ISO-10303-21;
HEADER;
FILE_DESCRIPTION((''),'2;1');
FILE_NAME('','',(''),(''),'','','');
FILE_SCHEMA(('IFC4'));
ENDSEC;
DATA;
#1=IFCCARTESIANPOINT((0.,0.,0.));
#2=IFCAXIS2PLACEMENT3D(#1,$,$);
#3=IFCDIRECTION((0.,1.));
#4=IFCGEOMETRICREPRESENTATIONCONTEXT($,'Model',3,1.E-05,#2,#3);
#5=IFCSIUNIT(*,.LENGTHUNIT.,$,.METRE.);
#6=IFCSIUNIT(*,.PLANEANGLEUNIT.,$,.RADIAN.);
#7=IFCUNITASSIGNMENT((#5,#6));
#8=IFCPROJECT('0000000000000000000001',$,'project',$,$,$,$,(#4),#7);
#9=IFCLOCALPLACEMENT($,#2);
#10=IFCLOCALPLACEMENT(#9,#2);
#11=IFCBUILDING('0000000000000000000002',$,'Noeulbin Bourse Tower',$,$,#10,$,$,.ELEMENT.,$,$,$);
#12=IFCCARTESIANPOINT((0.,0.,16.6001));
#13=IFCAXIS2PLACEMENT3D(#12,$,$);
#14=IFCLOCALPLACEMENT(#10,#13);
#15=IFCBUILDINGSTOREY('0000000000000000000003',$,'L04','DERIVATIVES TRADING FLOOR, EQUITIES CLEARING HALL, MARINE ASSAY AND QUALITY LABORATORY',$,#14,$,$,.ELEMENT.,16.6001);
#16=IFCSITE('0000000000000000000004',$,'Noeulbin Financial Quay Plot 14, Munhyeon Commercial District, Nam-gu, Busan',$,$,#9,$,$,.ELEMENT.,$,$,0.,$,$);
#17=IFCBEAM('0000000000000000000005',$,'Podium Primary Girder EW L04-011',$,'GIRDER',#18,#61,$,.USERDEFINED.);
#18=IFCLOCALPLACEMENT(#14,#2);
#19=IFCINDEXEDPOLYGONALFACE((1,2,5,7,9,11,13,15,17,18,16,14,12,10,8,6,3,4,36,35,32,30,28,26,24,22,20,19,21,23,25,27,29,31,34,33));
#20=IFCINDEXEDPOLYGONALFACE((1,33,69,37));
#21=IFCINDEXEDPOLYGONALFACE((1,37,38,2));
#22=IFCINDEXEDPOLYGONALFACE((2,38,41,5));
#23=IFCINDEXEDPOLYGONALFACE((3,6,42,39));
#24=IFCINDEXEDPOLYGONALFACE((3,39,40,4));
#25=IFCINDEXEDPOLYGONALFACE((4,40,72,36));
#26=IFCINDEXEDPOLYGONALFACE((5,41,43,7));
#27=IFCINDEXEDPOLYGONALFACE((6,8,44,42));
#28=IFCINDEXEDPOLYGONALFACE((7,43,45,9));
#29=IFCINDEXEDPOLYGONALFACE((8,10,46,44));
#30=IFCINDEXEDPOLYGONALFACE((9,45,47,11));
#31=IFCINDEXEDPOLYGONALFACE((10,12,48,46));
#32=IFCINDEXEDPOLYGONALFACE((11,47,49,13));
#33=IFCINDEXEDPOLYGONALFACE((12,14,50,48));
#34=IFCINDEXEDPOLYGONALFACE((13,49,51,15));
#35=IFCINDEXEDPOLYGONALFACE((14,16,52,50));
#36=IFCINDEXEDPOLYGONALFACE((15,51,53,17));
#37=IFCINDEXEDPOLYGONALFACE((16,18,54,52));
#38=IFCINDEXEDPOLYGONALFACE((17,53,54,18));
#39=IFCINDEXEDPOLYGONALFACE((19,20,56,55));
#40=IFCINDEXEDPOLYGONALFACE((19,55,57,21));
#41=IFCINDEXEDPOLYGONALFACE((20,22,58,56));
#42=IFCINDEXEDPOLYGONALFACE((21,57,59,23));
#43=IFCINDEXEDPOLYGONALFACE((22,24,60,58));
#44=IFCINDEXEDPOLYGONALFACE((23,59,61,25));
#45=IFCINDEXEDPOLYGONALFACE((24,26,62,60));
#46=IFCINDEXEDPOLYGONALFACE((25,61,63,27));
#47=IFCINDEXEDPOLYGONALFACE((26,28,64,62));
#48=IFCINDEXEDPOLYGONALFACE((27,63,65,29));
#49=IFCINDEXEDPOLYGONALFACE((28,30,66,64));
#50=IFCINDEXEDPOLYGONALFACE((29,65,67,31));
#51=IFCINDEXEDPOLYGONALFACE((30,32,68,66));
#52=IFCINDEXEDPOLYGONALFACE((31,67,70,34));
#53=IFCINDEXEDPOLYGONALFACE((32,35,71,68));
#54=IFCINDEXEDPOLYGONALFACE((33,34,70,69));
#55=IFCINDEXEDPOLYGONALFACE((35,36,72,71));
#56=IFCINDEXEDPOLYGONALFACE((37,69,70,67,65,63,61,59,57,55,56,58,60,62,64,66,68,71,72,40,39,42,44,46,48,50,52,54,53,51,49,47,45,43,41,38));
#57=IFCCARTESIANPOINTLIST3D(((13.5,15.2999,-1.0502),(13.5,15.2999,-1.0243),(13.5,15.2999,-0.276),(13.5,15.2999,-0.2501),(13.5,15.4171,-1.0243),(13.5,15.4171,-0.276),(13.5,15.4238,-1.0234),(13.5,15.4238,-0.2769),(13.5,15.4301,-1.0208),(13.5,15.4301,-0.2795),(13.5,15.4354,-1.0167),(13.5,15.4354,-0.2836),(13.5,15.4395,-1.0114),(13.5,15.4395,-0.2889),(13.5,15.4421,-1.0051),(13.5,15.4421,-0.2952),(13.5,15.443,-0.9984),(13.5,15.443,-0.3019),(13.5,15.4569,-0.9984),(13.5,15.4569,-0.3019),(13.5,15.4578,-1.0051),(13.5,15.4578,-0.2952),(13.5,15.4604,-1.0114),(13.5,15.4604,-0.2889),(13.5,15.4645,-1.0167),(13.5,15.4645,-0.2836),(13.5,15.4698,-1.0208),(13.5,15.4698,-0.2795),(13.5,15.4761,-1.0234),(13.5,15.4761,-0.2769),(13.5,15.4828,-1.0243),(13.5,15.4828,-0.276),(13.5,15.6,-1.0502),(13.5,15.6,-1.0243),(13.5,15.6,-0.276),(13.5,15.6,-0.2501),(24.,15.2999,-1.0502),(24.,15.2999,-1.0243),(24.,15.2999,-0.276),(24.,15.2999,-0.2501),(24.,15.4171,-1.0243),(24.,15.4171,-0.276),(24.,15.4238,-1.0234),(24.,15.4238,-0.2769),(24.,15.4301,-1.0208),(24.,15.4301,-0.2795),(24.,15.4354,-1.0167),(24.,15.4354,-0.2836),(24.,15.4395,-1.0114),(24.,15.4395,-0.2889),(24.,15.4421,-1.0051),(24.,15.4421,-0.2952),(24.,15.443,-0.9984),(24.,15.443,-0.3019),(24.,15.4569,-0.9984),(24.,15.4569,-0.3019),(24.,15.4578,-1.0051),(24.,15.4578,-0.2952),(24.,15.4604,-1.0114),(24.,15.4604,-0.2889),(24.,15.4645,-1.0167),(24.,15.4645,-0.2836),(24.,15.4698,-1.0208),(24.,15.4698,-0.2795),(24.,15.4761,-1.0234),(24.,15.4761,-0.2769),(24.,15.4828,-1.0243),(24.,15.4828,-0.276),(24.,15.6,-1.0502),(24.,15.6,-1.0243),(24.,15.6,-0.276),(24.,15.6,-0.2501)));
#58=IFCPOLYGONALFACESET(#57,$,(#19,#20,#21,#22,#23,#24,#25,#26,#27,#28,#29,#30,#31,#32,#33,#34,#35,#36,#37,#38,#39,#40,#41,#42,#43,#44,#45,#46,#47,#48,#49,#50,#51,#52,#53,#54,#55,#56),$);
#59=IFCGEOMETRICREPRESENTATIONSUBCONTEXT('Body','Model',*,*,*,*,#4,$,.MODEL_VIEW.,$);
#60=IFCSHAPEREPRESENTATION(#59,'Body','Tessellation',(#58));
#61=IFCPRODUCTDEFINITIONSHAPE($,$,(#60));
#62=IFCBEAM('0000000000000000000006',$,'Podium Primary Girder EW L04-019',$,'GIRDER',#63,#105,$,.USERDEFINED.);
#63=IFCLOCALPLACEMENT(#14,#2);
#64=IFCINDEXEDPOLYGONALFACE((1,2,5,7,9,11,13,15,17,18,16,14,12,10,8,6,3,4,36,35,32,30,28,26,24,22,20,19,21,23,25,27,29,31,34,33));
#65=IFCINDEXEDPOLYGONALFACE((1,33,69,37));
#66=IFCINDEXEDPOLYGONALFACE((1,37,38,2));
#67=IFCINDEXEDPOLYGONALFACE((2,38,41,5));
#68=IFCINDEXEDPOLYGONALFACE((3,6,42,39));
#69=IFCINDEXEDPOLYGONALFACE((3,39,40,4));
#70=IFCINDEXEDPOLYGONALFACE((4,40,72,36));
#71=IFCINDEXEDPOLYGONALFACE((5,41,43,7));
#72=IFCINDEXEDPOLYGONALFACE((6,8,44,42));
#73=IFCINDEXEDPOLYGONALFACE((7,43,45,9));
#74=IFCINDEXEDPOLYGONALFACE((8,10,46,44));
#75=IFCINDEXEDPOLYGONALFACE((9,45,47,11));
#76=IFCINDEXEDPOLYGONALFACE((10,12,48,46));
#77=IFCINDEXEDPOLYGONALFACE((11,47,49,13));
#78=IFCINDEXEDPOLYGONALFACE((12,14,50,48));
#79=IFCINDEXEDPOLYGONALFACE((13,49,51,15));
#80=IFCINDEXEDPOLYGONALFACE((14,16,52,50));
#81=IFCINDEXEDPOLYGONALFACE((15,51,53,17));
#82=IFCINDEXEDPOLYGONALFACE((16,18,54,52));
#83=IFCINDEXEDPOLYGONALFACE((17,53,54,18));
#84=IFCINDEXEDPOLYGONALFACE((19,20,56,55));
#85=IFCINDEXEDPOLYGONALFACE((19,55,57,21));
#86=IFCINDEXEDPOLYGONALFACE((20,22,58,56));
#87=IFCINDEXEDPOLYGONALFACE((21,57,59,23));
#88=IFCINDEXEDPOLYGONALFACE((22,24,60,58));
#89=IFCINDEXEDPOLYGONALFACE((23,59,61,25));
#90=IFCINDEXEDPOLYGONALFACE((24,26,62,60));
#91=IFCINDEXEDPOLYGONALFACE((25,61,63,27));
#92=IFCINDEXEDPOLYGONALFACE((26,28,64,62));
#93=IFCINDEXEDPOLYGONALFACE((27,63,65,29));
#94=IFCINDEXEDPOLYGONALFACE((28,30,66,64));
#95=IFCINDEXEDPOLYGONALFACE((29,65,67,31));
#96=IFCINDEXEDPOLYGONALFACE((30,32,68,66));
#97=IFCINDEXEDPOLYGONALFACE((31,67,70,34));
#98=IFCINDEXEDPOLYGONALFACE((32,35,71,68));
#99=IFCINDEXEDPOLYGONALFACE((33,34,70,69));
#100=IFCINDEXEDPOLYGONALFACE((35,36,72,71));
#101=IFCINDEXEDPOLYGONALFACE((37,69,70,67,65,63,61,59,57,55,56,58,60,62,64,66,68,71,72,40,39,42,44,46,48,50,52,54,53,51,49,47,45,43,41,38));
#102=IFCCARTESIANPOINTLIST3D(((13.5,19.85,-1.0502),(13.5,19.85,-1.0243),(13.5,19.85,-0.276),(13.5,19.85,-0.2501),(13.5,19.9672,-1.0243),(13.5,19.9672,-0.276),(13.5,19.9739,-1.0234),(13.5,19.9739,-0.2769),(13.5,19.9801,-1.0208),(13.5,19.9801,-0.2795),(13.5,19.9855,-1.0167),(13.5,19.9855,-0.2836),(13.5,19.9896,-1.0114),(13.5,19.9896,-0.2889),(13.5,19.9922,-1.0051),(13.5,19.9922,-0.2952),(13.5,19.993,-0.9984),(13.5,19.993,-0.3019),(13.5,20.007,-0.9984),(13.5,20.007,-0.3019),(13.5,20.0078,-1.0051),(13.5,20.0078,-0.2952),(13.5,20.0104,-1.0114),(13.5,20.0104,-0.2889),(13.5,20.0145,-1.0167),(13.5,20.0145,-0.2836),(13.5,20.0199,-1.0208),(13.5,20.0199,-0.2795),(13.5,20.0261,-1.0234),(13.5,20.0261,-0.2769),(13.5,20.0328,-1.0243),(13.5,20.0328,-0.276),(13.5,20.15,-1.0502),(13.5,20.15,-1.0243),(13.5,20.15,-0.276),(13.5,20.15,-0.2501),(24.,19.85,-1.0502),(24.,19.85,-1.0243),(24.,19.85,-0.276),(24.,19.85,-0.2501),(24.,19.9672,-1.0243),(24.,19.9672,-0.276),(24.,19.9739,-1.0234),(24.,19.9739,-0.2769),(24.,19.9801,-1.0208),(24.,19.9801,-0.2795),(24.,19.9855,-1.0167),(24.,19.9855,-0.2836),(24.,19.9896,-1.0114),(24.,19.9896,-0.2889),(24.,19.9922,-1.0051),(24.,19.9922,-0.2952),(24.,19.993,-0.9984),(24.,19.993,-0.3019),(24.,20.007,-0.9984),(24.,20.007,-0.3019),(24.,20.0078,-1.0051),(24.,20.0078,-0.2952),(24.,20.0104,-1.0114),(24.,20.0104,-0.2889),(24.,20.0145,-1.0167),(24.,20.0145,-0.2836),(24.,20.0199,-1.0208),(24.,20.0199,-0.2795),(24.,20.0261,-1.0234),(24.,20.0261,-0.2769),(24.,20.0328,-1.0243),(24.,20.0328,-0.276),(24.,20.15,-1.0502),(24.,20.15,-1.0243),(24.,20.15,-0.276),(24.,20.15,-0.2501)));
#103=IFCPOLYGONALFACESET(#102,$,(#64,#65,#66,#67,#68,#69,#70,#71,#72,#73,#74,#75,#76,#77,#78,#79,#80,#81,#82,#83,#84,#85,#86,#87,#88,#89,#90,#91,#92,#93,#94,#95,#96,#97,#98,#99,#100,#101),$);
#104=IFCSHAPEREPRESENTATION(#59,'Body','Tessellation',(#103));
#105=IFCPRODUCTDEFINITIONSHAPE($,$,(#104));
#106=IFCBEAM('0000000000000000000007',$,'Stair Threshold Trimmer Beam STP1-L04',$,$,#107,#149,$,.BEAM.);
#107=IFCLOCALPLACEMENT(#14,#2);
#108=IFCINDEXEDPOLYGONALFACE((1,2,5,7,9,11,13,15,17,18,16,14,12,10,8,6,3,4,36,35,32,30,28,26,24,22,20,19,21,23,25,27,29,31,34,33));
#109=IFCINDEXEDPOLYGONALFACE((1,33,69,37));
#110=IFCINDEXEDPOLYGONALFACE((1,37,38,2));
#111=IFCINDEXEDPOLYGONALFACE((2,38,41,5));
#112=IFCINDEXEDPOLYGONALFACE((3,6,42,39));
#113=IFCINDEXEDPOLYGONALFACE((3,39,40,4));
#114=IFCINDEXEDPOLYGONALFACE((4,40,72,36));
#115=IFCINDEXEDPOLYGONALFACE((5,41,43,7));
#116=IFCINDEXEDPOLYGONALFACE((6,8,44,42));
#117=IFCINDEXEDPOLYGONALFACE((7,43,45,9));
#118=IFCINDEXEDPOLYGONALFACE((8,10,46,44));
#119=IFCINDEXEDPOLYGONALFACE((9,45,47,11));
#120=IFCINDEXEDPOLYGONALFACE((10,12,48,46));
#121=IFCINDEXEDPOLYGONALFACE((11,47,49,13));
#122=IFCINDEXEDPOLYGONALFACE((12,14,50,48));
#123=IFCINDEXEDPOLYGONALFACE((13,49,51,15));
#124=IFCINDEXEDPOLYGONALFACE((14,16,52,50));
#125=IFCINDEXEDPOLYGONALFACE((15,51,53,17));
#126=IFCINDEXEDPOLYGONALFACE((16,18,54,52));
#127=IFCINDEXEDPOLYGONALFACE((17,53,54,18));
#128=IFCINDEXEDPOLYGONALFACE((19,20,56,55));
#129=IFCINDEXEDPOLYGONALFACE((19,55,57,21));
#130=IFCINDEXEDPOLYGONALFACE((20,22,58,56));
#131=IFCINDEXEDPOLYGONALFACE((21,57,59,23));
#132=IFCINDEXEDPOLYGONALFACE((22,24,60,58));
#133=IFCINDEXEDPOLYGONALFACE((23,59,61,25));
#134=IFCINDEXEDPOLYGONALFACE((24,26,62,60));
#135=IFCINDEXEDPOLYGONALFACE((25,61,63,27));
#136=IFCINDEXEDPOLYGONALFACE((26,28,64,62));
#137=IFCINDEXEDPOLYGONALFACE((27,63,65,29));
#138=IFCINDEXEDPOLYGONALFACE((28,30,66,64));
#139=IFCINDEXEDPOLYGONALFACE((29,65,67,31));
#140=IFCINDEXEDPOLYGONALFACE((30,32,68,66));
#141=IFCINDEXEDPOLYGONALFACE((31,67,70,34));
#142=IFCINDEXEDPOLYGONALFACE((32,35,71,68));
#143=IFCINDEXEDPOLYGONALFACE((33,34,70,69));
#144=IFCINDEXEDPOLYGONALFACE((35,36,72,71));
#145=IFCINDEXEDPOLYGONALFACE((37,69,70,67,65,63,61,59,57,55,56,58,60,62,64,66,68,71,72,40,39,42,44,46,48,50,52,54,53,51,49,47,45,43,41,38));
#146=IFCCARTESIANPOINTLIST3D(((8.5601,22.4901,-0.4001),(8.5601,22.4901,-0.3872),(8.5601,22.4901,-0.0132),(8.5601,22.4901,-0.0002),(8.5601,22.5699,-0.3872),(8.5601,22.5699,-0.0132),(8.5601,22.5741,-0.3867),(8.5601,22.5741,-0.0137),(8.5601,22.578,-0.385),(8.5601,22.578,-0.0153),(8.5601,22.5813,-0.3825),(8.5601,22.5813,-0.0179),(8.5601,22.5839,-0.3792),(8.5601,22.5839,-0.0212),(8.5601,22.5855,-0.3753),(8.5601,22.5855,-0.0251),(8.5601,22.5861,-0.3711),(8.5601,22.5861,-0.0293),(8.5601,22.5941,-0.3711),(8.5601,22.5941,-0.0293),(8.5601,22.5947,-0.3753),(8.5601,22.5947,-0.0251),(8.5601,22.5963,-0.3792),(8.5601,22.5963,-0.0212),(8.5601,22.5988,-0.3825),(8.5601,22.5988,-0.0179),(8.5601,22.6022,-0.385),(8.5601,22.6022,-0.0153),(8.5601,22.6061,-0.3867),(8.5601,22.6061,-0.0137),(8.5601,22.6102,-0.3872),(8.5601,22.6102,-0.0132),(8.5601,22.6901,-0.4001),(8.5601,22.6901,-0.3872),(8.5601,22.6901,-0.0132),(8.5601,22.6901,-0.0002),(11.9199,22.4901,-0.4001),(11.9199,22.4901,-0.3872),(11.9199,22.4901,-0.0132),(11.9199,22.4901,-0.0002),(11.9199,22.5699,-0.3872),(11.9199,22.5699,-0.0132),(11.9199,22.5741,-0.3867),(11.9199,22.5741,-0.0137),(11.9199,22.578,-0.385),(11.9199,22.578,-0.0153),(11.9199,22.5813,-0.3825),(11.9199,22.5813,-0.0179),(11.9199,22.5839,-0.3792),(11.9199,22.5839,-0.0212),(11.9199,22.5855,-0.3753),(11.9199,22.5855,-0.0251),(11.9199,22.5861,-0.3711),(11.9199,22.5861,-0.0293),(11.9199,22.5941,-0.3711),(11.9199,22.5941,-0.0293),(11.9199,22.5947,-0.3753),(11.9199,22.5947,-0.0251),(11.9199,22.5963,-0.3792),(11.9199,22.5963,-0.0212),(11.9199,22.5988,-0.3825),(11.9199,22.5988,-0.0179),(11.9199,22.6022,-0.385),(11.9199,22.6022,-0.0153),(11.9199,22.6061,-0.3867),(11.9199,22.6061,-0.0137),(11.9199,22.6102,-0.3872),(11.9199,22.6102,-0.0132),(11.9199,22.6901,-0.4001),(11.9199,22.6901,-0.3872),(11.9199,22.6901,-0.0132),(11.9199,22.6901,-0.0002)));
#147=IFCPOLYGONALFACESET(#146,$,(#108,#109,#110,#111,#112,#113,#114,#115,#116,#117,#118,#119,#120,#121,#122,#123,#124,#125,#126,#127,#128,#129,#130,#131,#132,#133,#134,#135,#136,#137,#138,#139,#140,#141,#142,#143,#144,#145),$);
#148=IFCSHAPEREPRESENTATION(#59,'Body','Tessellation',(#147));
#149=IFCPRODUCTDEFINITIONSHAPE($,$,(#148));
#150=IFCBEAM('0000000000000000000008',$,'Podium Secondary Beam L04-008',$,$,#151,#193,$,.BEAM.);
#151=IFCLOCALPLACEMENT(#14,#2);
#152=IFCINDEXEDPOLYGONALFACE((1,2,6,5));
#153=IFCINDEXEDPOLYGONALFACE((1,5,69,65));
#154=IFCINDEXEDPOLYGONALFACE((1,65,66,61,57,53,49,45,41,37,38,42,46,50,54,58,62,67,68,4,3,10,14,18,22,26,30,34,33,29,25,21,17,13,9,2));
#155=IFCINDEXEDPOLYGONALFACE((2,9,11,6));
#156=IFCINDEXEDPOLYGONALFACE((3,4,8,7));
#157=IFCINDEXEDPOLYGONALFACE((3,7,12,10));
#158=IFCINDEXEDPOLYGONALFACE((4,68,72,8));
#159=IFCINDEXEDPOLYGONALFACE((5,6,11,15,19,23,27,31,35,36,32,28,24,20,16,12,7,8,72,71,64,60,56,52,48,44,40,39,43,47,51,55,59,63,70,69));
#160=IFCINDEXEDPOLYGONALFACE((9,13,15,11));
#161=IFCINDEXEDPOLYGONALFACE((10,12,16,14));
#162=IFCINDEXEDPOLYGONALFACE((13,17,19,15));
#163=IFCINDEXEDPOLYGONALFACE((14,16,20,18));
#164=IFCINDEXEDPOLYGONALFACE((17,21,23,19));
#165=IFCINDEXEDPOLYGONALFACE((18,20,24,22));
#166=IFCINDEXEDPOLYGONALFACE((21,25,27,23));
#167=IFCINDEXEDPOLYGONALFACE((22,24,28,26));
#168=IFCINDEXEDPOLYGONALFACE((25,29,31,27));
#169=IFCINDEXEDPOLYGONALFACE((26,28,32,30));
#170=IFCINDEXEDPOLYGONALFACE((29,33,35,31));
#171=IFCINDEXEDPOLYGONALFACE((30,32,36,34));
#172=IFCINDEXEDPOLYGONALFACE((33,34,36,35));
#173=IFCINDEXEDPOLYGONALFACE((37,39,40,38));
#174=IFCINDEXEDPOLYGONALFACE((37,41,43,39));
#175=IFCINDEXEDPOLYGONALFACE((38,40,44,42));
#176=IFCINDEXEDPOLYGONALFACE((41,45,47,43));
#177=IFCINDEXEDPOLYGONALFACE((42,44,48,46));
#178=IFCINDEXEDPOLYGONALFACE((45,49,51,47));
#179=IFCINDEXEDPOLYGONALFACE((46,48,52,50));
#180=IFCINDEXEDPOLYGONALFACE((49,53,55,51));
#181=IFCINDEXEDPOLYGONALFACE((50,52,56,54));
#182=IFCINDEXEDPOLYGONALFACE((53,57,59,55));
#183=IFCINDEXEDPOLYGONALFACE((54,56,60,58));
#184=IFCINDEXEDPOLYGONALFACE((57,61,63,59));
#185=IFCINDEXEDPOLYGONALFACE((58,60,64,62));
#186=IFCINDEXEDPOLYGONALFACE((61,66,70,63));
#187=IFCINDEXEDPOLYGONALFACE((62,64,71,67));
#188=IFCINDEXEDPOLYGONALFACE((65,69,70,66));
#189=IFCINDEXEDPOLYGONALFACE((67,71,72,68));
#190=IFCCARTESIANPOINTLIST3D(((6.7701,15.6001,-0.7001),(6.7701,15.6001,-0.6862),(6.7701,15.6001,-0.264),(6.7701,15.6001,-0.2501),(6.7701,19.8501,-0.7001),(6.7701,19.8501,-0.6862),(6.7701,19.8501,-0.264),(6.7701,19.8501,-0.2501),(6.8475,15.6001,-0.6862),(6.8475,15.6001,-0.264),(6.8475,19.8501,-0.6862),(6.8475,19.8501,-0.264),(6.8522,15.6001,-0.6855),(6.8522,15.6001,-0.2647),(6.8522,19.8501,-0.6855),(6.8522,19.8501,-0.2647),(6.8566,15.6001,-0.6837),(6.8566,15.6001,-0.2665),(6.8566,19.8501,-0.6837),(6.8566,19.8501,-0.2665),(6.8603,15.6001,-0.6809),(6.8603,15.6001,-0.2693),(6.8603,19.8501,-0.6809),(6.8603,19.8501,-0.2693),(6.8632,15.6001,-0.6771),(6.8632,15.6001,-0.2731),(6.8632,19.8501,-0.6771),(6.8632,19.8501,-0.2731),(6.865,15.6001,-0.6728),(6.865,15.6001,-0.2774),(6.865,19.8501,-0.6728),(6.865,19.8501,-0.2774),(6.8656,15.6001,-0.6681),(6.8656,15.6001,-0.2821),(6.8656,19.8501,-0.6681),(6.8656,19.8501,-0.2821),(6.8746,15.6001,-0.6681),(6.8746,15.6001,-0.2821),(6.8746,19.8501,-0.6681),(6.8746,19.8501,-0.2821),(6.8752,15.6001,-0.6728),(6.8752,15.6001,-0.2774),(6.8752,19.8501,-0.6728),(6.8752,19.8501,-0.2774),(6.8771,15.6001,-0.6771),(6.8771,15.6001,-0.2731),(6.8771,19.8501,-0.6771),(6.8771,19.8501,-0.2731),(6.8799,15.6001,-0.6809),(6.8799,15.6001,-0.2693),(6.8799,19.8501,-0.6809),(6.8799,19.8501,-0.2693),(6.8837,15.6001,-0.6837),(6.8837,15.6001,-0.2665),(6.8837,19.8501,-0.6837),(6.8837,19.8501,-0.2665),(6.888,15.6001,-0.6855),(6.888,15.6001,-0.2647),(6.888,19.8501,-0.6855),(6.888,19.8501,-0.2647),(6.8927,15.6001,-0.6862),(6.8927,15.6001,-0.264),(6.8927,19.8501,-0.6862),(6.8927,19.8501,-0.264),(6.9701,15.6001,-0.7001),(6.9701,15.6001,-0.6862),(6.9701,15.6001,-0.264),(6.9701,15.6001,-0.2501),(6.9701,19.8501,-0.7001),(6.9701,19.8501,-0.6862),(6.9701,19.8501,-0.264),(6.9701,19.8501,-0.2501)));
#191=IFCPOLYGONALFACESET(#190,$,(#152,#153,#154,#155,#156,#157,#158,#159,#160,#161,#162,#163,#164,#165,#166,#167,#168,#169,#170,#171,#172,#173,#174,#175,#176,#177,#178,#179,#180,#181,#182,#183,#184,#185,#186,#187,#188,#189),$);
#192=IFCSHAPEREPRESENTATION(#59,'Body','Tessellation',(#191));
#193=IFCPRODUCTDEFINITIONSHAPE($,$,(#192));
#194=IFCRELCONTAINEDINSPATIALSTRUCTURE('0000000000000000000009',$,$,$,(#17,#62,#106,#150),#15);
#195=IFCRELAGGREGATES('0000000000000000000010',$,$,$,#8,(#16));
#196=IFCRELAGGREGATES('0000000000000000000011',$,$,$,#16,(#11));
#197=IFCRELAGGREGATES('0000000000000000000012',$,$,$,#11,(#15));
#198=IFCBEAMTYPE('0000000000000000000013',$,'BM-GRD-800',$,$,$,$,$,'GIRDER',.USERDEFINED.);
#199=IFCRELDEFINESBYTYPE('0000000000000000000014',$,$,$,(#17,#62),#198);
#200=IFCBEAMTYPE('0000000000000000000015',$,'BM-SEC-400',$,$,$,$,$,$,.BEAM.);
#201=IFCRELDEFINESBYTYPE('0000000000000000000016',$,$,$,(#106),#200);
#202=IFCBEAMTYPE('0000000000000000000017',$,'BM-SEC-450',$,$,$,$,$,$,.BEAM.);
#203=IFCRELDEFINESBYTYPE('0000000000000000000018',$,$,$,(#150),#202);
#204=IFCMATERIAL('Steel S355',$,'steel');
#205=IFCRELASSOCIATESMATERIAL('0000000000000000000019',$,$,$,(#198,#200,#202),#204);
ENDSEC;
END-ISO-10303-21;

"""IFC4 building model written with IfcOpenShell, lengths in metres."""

from ifc_helpers import new_model, si_unit, direction, frame, origin, origin_2d, place, context, subcontext, project, spatial, i_section, extrude, material, material_profile, profile_set, type_object, element, save


model = new_model("IFC4")

# Units and contexts
model_context = context("Model", 3, precision=1e-05, world=origin(), true_north=direction((0.0, 1.0)))
body_context = subcontext(model_context, "Body", "Model", "MODEL_VIEW")
ifc_project = project(units=[si_unit("LENGTHUNIT", "METRE"), si_unit("PLANEANGLEUNIT", "RADIAN")], contexts=[model_context])

# Site, building, storey
site_placement = place(None, origin())
site = spatial("IfcSite", under=ifc_project, at=site_placement, Name="Noeulbin Financial Quay Plot 14, Munhyeon Commercial District, Nam-gu, Busan", CompositionType="ELEMENT", RefElevation=0.0)
building_placement = place(site_placement, origin())
building = spatial("IfcBuilding", under=site, at=building_placement, Name="Noeulbin Bourse Tower", CompositionType="ELEMENT")
storey_placement = place(building_placement, frame((0.0, 0.0, 16.6001)))
storey = spatial("IfcBuildingStorey", under=building, at=storey_placement, Name="L04", Description="DERIVATIVES TRADING FLOOR, EQUITIES CLEARING HALL, MARINE ASSAY AND QUALITY LABORATORY", CompositionType="ELEMENT", Elevation=16.6001)

# Beams
ifc_material_1 = material(Name="Steel S355", Category="steel")
ifc_material_profile_1 = material_profile(ifc_material_1, i_section(OverallWidth=0.3, OverallDepth=0.8, WebThickness=0.0139, FlangeThickness=0.0259, FilletRadius=0.0259, at=origin_2d()), Name="H-800x300x14x26", Category="LoadBearing")
ifc_profile_set_1 = profile_set([ifc_material_profile_1], Name="Steel S355")
beam_type_1 = type_object("IfcBeamType", Name="BM-GRD-800", ElementType="GIRDER", PredefinedType="USERDEFINED", material=ifc_profile_set_1)
for number, where, z_axis, x_axis, name in (
    (1, (13.5, 15.45, -0.6501), (1.0, 0.0, 0.0), (0.0, 1.0, 0.0), "Podium Primary Girder EW L04-011"),
    (2, (13.5, 20.0, -0.6501), (1.0, 0.0, 0.0), (0.0, 1.0, 0.0), "Podium Primary Girder EW L04-019"),
):
    element("IfcBeam", number, at=place(storey_placement, frame(where, z_axis=z_axis, x_axis=x_axis)), inside=storey, type_object=beam_type_1, Name=name, ObjectType="GIRDER", PredefinedType="USERDEFINED", context=body_context, shape_type="SweptSolid", body=[
        extrude(i_section(OverallWidth=0.3, OverallDepth=0.8, WebThickness=0.0139, FlangeThickness=0.0259, FilletRadius=0.0259, at=origin_2d()), origin(), (0.0, 0.0, 1.0), 10.5),
    ])
ifc_material_profile_2 = material_profile(ifc_material_1, i_section(OverallWidth=0.2, OverallDepth=0.3999, WebThickness=0.0081, FlangeThickness=0.0129, FilletRadius=0.0161, at=origin_2d()), Name="H-400x200x8x13", Category="LoadBearing")
ifc_profile_set_2 = profile_set([ifc_material_profile_2], Name="Steel S355")
beam_type_2 = type_object("IfcBeamType", Name="BM-SEC-400", PredefinedType="BEAM", material=ifc_profile_set_2)
beam_1_placement = place(storey_placement, frame((8.5601, 22.5901, -0.2002), z_axis=(1.0, 0.0, 0.0), x_axis=(0.0, 1.0, 0.0)))
element("IfcBeam", 3, at=beam_1_placement, inside=storey, type_object=beam_type_2, Name="Stair Threshold Trimmer Beam STP1-L04", PredefinedType="BEAM", context=body_context, shape_type="SweptSolid", body=[
    extrude(i_section(OverallWidth=0.2, OverallDepth=0.3999, WebThickness=0.0081, FlangeThickness=0.0129, FilletRadius=0.0161, at=origin_2d()), origin(), (0.0, 0.0, 1.0), 3.3599),
])
ifc_material_profile_3 = material_profile(ifc_material_1, i_section(OverallWidth=0.2, OverallDepth=0.45, WebThickness=0.009, FlangeThickness=0.0139, FilletRadius=0.0181, at=origin_2d()), Name="H-450x200x9x14", Category="LoadBearing")
ifc_profile_set_3 = profile_set([ifc_material_profile_3], Name="Steel S355")
beam_type_3 = type_object("IfcBeamType", Name="BM-SEC-450", PredefinedType="BEAM", material=ifc_profile_set_3)
beam_2_placement = place(storey_placement, frame((6.8701, 15.6001, -0.4751), z_axis=(0.0, 1.0, 0.0), x_axis=(-1.0, 0.0, 0.0)))
element("IfcBeam", 4, at=beam_2_placement, inside=storey, type_object=beam_type_3, Name="Podium Secondary Beam L04-008", PredefinedType="BEAM", context=body_context, shape_type="SweptSolid", body=[
    extrude(i_section(OverallWidth=0.2, OverallDepth=0.45, WebThickness=0.009, FlangeThickness=0.0139, FilletRadius=0.0181, at=origin_2d()), origin(), (0.0, 0.0, 1.0), 4.25),
])

save(model, "model.ifc")
